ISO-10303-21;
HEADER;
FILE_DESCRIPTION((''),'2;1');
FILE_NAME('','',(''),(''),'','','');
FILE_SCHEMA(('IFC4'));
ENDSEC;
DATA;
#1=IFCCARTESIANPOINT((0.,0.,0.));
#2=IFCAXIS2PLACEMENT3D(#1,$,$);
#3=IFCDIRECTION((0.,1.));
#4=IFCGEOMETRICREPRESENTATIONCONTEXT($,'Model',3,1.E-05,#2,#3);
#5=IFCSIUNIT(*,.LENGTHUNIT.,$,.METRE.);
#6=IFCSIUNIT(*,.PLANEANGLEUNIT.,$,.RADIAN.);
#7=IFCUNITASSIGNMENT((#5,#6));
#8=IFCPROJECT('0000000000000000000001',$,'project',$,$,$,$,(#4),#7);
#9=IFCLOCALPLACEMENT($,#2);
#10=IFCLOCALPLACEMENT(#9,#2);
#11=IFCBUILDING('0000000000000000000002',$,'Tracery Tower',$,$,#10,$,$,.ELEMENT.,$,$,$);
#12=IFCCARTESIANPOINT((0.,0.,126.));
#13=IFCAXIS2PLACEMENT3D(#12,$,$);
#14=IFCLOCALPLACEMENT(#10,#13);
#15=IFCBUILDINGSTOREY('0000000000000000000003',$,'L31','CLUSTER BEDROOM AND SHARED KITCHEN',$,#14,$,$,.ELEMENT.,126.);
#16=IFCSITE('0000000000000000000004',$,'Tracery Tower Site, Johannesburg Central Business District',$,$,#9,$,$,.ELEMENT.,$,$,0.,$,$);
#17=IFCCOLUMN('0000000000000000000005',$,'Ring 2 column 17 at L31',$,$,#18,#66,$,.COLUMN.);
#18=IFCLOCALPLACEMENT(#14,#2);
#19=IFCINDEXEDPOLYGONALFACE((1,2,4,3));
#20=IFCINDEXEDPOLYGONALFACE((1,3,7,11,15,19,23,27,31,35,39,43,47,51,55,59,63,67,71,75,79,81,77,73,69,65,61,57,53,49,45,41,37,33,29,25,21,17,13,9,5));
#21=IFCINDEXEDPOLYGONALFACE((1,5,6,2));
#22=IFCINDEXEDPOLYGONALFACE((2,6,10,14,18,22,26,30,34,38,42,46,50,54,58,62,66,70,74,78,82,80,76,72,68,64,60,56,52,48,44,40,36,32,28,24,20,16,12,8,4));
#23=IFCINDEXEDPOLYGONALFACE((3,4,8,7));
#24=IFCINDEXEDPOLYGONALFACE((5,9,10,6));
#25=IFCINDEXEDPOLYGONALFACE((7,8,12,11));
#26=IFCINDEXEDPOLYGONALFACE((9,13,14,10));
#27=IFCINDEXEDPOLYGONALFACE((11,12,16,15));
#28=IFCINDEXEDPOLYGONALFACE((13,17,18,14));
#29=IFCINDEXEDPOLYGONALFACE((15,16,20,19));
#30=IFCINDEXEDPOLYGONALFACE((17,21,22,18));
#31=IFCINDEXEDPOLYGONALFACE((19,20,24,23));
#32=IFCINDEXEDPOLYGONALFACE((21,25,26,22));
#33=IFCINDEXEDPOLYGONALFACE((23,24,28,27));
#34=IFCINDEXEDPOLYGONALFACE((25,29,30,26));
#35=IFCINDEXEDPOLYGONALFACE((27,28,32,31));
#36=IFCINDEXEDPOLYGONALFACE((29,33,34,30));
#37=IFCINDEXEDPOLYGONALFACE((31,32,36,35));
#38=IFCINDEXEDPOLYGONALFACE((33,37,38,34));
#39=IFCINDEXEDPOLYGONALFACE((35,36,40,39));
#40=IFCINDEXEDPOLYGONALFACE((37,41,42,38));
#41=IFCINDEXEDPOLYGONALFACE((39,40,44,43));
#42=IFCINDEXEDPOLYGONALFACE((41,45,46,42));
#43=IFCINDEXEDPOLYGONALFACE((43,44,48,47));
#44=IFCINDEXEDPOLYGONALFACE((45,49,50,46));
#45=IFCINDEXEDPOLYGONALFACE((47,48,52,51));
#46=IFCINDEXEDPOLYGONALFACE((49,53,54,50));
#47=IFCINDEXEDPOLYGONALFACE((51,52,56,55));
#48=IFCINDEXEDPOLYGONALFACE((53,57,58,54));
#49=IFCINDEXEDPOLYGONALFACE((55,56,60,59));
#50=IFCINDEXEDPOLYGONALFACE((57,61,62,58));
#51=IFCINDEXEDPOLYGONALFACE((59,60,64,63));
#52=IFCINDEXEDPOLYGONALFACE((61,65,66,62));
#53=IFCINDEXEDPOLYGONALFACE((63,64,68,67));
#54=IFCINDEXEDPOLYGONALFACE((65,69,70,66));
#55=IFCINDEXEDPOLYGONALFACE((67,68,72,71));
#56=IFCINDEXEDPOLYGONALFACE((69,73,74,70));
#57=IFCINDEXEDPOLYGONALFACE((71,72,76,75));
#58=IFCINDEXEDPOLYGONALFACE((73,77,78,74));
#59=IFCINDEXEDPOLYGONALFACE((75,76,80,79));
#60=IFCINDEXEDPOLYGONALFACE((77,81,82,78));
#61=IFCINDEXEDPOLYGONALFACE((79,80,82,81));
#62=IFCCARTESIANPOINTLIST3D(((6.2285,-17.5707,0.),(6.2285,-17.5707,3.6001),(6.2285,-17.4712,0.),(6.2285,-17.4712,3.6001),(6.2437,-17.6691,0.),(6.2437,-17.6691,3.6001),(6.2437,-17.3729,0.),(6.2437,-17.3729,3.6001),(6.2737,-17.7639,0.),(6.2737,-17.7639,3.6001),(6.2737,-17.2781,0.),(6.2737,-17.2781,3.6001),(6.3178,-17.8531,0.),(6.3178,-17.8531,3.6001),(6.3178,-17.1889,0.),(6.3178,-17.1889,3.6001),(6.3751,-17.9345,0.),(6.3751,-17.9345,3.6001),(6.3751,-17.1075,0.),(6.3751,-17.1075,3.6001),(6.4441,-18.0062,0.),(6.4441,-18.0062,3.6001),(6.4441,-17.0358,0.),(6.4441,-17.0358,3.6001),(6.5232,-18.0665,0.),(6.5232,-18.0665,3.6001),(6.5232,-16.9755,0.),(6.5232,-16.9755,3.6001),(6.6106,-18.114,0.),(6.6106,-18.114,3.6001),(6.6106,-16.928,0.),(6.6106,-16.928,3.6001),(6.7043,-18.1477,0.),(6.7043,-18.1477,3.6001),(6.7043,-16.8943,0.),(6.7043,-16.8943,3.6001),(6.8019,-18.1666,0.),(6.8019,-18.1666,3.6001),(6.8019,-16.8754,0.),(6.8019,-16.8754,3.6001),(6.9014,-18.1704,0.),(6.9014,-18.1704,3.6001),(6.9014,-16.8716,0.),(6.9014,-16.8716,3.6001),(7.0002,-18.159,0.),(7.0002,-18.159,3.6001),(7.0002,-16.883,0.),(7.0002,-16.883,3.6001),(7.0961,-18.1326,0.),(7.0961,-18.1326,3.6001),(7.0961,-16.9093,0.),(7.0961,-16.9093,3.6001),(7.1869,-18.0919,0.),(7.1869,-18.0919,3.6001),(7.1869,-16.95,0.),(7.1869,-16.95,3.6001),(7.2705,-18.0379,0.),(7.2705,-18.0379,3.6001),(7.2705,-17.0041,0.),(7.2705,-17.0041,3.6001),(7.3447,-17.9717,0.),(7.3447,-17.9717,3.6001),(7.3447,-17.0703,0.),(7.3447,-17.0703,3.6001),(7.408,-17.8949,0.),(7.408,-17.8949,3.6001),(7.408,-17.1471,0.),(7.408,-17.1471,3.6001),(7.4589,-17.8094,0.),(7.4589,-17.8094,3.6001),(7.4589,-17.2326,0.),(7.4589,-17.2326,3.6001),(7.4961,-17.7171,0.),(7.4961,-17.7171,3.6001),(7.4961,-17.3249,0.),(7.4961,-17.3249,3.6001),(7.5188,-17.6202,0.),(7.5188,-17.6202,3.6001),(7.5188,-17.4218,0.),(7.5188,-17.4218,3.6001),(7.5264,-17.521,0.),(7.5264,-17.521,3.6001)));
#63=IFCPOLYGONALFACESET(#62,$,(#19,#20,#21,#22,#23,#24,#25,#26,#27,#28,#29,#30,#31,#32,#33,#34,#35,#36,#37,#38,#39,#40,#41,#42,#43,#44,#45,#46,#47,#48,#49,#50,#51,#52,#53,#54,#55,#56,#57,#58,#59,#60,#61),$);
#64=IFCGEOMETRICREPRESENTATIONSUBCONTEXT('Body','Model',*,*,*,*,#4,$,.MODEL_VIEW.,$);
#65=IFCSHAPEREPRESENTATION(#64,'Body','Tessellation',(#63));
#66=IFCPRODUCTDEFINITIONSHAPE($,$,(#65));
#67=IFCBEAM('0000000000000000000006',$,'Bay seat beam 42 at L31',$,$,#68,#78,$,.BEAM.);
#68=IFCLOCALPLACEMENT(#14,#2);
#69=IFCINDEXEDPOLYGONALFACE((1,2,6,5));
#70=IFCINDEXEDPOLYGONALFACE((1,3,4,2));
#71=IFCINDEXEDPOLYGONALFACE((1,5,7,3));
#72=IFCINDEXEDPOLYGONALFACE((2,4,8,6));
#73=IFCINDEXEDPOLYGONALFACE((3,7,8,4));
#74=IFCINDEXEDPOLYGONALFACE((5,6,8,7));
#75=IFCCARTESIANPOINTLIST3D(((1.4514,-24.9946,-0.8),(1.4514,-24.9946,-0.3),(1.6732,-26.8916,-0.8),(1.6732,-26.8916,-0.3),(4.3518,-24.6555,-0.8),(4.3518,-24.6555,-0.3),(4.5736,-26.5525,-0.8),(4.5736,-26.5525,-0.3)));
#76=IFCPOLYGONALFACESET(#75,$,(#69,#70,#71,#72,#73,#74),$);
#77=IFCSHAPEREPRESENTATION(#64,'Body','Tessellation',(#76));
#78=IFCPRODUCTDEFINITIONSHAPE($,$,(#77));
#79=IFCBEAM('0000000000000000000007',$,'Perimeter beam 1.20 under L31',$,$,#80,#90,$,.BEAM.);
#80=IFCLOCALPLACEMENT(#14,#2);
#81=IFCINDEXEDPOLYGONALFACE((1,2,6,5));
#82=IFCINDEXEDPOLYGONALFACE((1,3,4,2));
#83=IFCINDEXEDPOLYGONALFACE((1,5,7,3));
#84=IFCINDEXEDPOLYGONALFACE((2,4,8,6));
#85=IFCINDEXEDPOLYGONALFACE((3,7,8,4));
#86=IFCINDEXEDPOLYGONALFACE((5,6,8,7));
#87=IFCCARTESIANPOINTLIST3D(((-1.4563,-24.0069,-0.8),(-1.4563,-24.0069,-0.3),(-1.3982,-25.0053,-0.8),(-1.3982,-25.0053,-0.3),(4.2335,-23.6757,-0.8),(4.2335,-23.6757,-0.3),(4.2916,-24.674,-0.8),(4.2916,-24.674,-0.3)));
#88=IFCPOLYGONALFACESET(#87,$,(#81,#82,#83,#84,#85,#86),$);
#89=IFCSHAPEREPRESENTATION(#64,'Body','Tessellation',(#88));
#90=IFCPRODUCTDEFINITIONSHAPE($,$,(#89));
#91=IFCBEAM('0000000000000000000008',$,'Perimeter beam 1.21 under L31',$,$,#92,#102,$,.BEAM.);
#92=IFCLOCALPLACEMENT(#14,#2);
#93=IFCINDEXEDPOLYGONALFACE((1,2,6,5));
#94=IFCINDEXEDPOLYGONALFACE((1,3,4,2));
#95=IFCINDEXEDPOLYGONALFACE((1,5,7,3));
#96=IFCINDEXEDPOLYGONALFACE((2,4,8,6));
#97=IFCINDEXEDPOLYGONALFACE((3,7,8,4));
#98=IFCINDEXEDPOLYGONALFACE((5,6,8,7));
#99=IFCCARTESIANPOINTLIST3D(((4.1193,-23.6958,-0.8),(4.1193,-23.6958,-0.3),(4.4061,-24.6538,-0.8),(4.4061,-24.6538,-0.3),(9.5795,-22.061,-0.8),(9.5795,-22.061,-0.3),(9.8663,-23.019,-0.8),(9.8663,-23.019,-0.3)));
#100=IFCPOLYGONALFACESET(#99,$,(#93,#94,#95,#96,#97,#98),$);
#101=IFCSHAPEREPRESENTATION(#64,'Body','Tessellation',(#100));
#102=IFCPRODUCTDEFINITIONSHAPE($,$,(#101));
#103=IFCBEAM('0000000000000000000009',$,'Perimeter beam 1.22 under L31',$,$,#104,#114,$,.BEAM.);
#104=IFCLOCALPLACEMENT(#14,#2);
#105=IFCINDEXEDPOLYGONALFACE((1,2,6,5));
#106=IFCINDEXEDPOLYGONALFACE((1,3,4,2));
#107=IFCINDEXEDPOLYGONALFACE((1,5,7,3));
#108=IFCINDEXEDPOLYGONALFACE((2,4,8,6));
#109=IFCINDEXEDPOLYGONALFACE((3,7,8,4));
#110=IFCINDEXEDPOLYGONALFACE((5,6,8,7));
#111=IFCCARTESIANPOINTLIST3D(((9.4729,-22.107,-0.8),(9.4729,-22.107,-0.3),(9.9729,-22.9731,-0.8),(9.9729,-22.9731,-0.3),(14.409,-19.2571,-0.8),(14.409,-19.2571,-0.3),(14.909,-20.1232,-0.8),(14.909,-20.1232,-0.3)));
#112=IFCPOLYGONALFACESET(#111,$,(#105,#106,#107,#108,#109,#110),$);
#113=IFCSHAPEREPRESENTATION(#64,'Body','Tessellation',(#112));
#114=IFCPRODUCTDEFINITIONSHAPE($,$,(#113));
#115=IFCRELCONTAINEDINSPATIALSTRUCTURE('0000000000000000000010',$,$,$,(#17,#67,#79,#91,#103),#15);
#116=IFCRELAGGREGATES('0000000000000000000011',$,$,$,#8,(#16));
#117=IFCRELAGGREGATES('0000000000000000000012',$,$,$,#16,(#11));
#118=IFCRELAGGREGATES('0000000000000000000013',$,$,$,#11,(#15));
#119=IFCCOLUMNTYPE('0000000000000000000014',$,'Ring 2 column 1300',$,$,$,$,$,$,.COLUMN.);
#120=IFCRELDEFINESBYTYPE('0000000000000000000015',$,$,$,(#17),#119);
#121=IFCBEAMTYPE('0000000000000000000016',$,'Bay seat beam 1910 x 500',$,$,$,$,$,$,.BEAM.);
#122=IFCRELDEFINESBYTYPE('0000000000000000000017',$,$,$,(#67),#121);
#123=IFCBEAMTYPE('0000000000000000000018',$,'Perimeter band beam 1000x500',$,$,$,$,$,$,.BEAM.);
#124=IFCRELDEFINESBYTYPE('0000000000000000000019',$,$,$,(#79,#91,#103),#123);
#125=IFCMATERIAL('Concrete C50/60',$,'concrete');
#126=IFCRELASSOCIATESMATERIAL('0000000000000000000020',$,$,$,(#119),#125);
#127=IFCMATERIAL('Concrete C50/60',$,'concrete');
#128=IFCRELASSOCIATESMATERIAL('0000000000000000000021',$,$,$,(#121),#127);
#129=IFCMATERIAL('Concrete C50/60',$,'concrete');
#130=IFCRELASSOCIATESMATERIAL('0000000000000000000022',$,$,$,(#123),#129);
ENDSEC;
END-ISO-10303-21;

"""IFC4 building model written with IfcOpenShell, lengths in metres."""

from ifc_helpers import new_model, si_unit, direction, frame, origin, origin_2d, place, context, subcontext, project, spatial, rectangle, circle, extrude, material, material_profile, profile_set, type_object, element, save


model = new_model("IFC4")

# Units and contexts
model_context = context("Model", 3, precision=1e-05, world=origin(), true_north=direction((0.0, 1.0)))
body_context = subcontext(model_context, "Body", "Model", "MODEL_VIEW")
ifc_project = project(units=[si_unit("LENGTHUNIT", "METRE"), si_unit("PLANEANGLEUNIT", "RADIAN")], contexts=[model_context])

# Site, building, storey
site_placement = place(None, origin())
site = spatial("IfcSite", under=ifc_project, at=site_placement, Name="Tracery Tower Site, Johannesburg Central Business District", CompositionType="ELEMENT", RefElevation=0.0)
building_placement = place(site_placement, origin())
building = spatial("IfcBuilding", under=site, at=building_placement, Name="Tracery Tower", CompositionType="ELEMENT")
storey_placement = place(building_placement, frame((0.0, 0.0, 126.0)))
storey = spatial("IfcBuildingStorey", under=building, at=storey_placement, Name="L31", Description="CLUSTER BEDROOM AND SHARED KITCHEN", CompositionType="ELEMENT", Elevation=126.0)

# Column
ifc_material_1 = material(Name="Concrete C50/60", Category="concrete")
ifc_material_profile_1 = material_profile(ifc_material_1, circle(Radius=0.6499, at=origin_2d()), Name="RC D1300")
ifc_profile_set_1 = profile_set([ifc_material_profile_1], Name="Concrete C50/60")
column_type_1 = type_object("IfcColumnType", Name="Ring 2 column 1300", PredefinedType="COLUMN", material=ifc_profile_set_1)
for number, where, z_axis, x_axis, name in (
    (1, (6.8765, -17.521, 0.0), (0.0, 0.0, 1.0), (1.0, 0.0, 0.0), "Ring 2 column 17 at L31"),
):
    element("IfcColumn", number, at=place(storey_placement, frame(where, z_axis=z_axis, x_axis=x_axis)), inside=storey, type_object=column_type_1, Name=name, PredefinedType="COLUMN", context=body_context, shape_type="SweptSolid", body=[
        extrude(circle(Radius=0.6499, at=origin_2d()), origin(), (0.0, 0.0, 1.0), 3.6001),
    ])

# Beams
ifc_material_2 = material(Name="Concrete C50/60", Category="concrete")
ifc_material_profile_2 = material_profile(ifc_material_2, rectangle(XDim=1.9099, YDim=0.5, at=origin_2d()), Name="RC 1910x500")
ifc_profile_set_2 = profile_set([ifc_material_profile_2], Name="Concrete C50/60")
beam_type_1 = type_object("IfcBeamType", Name="Bay seat beam 1910 x 500", PredefinedType="BEAM", material=ifc_profile_set_2)
beam_1_placement = place(storey_placement, frame((1.5623, -25.9431, -0.55), z_axis=(0.993234, 0.116128, 0.0), x_axis=(-0.116128, 0.993234, 0.0)))
element("IfcBeam", 2, at=beam_1_placement, inside=storey, type_object=beam_type_1, Name="Bay seat beam 42 at L31", PredefinedType="BEAM", context=body_context, shape_type="SweptSolid", body=[
    extrude(rectangle(XDim=1.9099, YDim=0.5, at=origin_2d()), origin(), (0.0, 0.0, 1.0), 2.9202),
])
ifc_material_3 = material(Name="Concrete C50/60", Category="concrete")
ifc_material_profile_3 = material_profile(ifc_material_3, rectangle(XDim=1.0, YDim=0.5, at=origin_2d()), Name="RC 1000x500")
ifc_profile_set_3 = profile_set([ifc_material_profile_3], Name="Concrete C50/60")
beam_type_2 = type_object("IfcBeamType", Name="Perimeter band beam 1000x500", PredefinedType="BEAM", material=ifc_profile_set_3)
beam_2_placement = place(storey_placement, frame((-1.4272, -24.5061, -0.55), z_axis=(0.998309, 0.058127, 0.0), x_axis=(-0.058127, 0.998309, 0.0)))
element("IfcBeam", 3, at=beam_2_placement, inside=storey, type_object=beam_type_2, Name="Perimeter beam 1.20 under L31", PredefinedType="BEAM", context=body_context, shape_type="SweptSolid", body=[
    extrude(rectangle(XDim=1.0, YDim=0.5, at=origin_2d()), origin(), (0.0, 0.0, 1.0), 5.6995),
])
for number, where, z_axis, x_axis, name in (
    (4, (4.2627, -24.1748, -0.55), (0.957985, 0.286817, 0.0), (-0.286817, 0.957985, 0.0), "Perimeter beam 1.21 under L31"),
    (5, (9.7229, -22.54, -0.55), (0.866023, 0.500004, 0.0), (-0.500004, 0.866023, 0.0), "Perimeter beam 1.22 under L31"),
):
    element("IfcBeam", number, at=place(storey_placement, frame(where, z_axis=z_axis, x_axis=x_axis)), inside=storey, type_object=beam_type_2, Name=name, PredefinedType="BEAM", context=body_context, shape_type="SweptSolid", body=[
        extrude(rectangle(XDim=1.0, YDim=0.5, at=origin_2d()), origin(), (0.0, 0.0, 1.0), 5.6997),
    ])

save(model, "model.ifc")
